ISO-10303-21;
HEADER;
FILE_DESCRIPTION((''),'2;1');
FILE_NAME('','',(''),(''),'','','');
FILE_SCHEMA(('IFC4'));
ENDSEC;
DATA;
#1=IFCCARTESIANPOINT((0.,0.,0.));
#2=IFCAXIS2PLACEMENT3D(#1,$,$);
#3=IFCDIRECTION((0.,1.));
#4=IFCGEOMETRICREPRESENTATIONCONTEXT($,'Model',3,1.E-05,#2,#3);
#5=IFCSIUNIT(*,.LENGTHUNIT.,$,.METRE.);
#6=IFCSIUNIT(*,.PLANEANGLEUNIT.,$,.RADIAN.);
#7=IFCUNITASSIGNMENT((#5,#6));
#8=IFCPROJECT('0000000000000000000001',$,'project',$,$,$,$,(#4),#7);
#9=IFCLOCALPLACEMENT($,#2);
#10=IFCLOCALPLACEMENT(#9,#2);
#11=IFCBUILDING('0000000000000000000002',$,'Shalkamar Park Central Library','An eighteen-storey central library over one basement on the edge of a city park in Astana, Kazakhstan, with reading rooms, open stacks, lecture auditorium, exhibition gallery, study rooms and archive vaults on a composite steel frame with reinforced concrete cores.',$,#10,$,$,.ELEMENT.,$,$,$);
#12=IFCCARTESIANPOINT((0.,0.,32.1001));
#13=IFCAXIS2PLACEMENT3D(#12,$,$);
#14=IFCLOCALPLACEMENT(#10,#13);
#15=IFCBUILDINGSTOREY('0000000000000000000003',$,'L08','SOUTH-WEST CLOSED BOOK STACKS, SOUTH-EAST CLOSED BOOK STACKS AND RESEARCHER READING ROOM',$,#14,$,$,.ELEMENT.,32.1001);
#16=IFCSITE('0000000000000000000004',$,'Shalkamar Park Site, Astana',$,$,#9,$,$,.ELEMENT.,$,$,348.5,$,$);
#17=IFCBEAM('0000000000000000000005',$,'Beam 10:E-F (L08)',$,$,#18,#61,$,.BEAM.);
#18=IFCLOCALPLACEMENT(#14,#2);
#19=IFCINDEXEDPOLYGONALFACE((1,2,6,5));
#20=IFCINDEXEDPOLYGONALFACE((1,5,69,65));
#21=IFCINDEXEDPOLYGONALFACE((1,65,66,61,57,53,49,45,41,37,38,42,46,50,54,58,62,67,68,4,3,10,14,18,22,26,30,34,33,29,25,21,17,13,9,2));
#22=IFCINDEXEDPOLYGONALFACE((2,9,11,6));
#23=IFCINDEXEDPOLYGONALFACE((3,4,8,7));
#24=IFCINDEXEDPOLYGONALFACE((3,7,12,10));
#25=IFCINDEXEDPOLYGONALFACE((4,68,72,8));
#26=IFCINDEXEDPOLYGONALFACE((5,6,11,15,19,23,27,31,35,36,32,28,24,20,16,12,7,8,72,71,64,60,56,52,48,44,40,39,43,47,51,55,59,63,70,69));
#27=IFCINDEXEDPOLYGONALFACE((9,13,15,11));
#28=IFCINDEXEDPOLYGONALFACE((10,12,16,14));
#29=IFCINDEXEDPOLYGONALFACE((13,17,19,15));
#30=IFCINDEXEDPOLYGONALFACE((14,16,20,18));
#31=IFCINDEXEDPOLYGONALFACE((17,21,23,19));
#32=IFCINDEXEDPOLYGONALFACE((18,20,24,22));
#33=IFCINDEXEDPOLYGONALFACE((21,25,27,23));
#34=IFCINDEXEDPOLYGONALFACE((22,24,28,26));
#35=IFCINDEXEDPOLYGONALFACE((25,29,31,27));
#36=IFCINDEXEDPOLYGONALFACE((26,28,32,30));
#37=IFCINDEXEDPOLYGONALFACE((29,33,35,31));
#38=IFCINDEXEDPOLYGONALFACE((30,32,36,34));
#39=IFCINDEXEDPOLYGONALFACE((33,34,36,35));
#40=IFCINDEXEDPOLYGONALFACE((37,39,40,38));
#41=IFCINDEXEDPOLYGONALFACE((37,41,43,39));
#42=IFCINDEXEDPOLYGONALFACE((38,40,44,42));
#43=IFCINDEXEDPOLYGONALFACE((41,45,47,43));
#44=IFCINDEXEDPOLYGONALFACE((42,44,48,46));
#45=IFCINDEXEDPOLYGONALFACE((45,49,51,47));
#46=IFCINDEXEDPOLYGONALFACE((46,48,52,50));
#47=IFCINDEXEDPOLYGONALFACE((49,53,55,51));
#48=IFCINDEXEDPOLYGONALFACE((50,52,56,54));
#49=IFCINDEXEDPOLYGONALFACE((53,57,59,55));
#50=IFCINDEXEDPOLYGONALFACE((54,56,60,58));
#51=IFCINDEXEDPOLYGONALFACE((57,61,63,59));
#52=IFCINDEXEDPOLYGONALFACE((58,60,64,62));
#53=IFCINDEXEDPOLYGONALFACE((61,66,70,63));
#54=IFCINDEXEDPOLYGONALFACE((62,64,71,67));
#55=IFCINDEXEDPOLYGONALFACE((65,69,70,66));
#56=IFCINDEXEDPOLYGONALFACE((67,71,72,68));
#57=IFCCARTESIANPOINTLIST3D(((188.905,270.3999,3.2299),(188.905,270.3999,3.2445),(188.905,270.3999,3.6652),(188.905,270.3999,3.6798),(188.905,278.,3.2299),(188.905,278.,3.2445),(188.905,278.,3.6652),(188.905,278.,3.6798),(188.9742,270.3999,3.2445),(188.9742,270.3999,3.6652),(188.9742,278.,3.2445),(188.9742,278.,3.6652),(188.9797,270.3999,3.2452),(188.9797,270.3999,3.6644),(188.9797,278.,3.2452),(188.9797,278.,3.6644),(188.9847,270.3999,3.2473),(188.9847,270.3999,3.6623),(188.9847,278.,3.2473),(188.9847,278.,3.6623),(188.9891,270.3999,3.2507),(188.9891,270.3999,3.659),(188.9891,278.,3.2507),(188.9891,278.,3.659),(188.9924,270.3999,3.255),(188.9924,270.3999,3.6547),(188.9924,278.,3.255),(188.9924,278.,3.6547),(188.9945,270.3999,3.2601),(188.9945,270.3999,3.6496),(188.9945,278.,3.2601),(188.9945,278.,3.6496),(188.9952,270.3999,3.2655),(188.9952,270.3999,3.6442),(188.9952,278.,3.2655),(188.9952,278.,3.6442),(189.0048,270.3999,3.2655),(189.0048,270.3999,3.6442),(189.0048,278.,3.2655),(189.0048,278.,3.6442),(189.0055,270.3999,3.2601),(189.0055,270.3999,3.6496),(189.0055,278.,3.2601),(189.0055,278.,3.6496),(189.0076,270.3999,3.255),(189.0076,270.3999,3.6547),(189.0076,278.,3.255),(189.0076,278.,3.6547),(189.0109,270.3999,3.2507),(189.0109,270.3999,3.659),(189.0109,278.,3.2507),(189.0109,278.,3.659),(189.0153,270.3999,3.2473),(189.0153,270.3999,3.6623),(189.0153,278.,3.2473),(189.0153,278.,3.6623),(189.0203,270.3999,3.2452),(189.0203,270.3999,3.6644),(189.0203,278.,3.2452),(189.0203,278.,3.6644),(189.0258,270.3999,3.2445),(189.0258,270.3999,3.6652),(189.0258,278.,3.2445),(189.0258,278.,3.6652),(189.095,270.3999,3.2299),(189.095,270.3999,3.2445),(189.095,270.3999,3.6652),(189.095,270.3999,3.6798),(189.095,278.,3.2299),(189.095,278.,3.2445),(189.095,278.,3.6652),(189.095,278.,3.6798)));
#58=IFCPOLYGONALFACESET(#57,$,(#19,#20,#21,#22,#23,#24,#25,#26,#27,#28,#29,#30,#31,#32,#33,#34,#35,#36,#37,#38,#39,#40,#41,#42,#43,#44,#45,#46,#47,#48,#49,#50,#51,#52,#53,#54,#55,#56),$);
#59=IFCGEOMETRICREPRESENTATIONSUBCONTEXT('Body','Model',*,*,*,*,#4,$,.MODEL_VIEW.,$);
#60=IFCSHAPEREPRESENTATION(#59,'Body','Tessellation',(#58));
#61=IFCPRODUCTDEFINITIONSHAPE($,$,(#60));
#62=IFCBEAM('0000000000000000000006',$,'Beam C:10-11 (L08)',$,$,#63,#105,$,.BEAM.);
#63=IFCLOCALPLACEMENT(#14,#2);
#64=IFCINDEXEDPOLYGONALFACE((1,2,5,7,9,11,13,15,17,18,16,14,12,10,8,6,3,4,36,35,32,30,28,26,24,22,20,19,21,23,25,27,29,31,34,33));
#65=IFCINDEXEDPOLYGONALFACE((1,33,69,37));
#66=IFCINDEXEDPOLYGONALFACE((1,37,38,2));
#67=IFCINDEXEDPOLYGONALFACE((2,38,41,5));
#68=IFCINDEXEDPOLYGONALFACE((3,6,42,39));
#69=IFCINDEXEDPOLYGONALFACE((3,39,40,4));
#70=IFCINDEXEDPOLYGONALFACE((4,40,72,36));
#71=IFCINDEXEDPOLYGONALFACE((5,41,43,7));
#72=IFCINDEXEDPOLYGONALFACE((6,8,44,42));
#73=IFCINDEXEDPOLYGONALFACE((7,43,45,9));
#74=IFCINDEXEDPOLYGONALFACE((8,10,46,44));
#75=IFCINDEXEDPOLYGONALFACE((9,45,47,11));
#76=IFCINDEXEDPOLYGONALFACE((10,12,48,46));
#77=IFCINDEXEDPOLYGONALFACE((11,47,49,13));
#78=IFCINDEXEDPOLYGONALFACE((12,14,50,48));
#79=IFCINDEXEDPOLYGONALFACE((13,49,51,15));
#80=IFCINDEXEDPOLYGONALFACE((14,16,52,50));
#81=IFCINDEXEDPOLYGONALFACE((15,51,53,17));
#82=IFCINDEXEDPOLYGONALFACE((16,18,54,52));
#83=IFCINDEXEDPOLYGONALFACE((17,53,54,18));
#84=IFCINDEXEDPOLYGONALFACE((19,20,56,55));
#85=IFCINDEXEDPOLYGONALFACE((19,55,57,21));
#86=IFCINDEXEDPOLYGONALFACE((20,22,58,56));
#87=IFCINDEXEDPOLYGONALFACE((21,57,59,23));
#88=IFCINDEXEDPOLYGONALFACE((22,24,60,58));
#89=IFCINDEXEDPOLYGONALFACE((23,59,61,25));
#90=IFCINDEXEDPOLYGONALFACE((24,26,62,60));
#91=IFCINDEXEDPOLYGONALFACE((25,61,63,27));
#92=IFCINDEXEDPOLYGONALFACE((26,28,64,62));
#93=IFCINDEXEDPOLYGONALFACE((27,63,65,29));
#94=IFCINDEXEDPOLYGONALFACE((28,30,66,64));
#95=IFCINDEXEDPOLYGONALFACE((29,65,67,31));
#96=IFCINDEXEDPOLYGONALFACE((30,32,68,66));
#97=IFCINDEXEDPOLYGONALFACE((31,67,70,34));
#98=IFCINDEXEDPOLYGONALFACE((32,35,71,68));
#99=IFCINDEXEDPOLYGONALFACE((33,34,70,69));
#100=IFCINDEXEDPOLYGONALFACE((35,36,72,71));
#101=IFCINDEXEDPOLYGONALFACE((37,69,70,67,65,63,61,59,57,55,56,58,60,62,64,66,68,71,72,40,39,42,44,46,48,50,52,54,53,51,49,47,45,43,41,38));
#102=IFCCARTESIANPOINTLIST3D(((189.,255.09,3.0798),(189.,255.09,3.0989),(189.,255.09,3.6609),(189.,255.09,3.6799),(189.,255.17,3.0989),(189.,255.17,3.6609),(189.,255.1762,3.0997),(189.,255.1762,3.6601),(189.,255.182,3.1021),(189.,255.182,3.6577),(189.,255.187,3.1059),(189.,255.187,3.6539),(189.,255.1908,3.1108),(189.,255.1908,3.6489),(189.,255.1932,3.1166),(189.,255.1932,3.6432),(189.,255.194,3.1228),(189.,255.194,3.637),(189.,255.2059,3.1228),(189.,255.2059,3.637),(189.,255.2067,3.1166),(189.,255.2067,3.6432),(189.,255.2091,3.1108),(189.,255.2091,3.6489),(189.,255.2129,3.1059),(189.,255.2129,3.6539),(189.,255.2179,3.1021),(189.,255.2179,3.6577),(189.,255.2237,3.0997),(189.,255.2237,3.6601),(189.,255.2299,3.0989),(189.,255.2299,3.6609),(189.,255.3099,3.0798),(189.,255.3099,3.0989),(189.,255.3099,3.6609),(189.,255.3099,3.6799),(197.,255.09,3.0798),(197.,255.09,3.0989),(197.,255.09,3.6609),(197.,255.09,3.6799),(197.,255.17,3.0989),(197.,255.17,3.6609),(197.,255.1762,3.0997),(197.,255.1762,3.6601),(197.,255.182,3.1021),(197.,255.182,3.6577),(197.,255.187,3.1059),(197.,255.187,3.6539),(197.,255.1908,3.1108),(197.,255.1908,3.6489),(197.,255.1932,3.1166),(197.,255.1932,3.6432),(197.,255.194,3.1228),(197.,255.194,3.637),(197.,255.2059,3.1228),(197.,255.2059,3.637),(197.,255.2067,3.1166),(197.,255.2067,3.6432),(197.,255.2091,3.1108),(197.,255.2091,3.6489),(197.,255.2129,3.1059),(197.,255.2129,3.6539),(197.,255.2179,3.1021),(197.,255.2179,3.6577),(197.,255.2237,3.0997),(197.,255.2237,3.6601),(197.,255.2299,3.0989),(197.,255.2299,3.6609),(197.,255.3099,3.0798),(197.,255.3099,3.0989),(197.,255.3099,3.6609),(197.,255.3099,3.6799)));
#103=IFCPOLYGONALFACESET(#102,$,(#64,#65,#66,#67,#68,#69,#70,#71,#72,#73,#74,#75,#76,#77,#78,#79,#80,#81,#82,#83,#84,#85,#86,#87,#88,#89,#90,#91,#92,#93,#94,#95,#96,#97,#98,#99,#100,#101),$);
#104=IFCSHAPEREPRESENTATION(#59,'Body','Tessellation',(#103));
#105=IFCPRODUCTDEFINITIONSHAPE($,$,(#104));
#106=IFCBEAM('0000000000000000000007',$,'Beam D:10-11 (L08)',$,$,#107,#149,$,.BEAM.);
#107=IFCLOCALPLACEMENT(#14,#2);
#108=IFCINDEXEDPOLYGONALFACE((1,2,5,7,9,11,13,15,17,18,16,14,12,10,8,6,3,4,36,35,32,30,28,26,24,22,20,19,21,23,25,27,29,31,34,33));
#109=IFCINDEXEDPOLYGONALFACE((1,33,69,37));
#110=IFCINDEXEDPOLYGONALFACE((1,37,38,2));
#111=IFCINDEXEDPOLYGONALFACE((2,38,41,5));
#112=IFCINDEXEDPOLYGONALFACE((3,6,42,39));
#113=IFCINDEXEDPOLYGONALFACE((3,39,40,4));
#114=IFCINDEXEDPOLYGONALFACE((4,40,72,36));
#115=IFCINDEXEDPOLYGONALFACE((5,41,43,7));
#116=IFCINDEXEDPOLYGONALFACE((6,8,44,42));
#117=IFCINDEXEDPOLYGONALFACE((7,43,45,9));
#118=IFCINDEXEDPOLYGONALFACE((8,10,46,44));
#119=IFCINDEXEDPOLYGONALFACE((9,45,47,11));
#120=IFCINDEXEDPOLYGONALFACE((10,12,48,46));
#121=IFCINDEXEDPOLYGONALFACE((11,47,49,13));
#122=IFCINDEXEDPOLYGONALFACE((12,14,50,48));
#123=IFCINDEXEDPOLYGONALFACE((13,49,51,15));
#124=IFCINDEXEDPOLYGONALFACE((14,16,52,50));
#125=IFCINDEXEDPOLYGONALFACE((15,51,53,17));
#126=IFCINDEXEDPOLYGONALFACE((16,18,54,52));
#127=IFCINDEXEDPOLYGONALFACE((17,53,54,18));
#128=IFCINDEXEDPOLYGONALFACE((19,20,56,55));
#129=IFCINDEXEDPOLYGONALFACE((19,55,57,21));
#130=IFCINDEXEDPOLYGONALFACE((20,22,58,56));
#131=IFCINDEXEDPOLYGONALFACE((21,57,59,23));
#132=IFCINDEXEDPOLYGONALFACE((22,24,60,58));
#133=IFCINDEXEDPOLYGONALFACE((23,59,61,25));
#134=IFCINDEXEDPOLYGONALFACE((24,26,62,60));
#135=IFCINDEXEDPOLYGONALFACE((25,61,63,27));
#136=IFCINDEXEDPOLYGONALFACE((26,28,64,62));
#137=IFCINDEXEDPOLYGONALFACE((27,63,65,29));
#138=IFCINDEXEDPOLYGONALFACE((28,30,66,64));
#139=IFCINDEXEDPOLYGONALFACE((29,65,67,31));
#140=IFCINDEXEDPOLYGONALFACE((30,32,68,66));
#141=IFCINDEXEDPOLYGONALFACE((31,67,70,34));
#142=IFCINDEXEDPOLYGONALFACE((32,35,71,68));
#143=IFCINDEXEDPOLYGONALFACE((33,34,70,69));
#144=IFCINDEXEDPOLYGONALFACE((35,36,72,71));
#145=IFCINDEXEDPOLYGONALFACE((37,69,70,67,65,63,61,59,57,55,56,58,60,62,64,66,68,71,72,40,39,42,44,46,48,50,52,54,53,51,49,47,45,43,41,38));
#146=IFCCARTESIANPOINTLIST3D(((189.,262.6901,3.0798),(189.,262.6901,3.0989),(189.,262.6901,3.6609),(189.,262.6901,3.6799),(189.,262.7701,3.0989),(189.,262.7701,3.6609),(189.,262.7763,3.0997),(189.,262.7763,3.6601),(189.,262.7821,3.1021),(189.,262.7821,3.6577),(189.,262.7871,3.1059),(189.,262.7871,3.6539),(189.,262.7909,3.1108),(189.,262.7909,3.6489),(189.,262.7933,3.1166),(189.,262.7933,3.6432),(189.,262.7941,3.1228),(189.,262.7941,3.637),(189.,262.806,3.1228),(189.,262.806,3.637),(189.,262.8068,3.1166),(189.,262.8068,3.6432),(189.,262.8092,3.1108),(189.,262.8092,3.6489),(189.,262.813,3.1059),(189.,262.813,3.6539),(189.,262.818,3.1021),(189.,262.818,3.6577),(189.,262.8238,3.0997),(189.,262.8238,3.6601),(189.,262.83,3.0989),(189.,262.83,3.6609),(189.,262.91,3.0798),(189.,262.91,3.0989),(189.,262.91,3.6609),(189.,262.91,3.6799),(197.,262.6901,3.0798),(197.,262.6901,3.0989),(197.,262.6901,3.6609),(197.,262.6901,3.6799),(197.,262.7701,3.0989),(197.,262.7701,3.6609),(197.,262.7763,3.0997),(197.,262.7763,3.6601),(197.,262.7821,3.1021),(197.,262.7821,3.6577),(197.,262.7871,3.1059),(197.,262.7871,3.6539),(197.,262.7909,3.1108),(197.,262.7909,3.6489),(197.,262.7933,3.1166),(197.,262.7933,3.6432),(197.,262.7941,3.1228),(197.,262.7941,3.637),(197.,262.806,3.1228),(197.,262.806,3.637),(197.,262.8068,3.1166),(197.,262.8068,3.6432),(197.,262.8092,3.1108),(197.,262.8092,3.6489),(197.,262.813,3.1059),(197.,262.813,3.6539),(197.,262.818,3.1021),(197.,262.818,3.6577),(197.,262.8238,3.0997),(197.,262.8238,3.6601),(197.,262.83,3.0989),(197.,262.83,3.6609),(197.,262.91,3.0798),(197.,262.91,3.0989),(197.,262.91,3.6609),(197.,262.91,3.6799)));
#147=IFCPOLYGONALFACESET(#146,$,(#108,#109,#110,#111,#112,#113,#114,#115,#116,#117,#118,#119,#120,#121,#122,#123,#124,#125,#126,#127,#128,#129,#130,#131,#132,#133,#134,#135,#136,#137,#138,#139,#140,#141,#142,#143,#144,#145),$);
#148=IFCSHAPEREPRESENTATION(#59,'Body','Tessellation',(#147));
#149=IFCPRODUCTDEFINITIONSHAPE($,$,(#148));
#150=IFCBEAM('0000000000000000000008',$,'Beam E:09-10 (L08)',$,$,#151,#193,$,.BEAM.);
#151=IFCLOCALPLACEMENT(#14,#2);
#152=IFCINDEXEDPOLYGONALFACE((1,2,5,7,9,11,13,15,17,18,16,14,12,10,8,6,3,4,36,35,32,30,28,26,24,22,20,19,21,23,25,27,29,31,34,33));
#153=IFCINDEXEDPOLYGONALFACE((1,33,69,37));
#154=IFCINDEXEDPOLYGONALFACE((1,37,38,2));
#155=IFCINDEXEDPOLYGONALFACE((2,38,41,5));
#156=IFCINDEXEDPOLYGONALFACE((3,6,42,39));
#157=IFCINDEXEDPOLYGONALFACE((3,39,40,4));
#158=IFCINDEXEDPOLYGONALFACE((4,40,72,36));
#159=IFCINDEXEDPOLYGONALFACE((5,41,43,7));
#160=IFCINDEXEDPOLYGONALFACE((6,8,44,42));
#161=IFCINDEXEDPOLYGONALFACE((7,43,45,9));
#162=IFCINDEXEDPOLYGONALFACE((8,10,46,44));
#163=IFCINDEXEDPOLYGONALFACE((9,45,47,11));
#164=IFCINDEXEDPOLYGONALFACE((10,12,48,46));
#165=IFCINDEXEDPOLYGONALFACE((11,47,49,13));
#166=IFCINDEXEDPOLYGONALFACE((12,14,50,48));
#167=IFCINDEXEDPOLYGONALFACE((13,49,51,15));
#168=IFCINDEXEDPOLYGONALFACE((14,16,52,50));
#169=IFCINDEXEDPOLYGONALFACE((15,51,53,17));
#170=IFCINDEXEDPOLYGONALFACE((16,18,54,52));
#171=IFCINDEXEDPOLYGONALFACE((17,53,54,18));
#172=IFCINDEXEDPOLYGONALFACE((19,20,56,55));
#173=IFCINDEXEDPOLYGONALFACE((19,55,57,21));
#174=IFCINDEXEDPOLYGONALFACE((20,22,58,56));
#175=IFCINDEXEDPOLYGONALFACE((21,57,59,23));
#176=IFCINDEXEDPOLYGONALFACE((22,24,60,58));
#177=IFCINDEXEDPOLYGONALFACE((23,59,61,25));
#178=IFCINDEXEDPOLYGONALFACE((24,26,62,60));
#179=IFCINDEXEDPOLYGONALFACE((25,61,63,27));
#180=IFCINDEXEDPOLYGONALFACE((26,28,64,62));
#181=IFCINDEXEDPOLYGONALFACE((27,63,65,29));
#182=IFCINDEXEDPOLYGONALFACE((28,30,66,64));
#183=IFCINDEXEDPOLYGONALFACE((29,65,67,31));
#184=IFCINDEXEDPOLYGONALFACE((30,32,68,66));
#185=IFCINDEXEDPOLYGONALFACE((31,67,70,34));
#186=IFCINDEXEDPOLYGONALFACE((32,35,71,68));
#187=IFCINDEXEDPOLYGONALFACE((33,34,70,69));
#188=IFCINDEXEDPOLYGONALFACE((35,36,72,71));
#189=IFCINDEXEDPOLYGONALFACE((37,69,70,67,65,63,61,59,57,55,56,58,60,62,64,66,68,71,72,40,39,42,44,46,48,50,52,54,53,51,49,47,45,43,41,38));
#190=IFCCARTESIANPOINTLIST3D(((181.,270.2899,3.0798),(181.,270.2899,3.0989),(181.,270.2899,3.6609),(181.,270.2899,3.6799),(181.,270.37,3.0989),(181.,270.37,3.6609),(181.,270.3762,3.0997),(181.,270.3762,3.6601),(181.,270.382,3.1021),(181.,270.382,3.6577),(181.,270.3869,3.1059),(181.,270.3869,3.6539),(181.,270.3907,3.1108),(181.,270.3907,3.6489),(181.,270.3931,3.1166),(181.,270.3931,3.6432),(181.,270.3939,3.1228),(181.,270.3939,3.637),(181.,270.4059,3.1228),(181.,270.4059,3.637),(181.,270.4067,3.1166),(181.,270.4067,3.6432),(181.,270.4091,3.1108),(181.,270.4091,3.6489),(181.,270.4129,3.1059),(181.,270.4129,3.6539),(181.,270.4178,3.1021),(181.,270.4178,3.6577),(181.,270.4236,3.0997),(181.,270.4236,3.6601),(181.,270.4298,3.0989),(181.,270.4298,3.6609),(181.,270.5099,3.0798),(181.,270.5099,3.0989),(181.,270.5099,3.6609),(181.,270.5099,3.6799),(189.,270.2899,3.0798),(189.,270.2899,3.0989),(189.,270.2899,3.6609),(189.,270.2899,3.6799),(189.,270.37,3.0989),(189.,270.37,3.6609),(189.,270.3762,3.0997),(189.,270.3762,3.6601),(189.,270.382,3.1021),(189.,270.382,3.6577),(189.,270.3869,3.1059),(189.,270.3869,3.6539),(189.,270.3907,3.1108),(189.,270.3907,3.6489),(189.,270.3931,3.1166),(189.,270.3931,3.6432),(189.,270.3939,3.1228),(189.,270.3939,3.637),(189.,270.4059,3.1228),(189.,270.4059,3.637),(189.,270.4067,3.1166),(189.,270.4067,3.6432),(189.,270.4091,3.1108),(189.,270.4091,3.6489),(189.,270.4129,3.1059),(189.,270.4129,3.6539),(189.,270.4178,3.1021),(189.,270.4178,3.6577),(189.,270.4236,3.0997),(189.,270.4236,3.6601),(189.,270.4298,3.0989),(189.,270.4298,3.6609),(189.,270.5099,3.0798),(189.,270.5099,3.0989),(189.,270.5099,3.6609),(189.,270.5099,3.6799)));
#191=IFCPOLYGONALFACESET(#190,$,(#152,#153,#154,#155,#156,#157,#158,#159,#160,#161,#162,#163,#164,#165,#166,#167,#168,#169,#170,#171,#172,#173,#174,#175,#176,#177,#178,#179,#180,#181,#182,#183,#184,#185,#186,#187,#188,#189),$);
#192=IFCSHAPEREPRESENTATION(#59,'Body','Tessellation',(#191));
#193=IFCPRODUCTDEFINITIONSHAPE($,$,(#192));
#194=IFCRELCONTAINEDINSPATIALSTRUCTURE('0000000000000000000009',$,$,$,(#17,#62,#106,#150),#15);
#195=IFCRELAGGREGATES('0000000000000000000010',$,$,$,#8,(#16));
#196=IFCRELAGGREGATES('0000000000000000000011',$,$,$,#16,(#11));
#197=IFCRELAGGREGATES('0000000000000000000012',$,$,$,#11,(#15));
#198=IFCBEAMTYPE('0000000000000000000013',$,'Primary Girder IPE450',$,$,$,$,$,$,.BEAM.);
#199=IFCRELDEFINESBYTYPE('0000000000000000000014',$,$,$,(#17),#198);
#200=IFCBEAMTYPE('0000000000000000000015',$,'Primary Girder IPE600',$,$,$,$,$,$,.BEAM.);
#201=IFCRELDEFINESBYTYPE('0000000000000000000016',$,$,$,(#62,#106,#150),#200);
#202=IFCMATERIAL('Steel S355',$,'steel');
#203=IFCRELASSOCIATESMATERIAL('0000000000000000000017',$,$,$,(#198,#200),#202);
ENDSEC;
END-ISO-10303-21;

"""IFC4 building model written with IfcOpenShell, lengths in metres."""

from ifc_helpers import new_model, si_unit, direction, frame, origin, origin_2d, place, context, subcontext, project, spatial, i_section, extrude, material, material_profile, profile_set, type_object, element, save


model = new_model("IFC4")

# Units and contexts
model_context = context("Model", 3, precision=1e-05, world=origin(), true_north=direction((0.0, 1.0)))
body_context = subcontext(model_context, "Body", "Model", "MODEL_VIEW")
ifc_project = project(units=[si_unit("LENGTHUNIT", "METRE"), si_unit("PLANEANGLEUNIT", "RADIAN")], contexts=[model_context])

# Site, building, storey
site_placement = place(None, origin())
site = spatial("IfcSite", under=ifc_project, at=site_placement, Name="Shalkamar Park Site, Astana", CompositionType="ELEMENT", RefElevation=348.5)
building_placement = place(site_placement, origin())
building = spatial("IfcBuilding", under=site, at=building_placement, Name="Shalkamar Park Central Library", Description="An eighteen-storey central library over one basement on the edge of a city park in Astana, Kazakhstan, with reading rooms, open stacks, lecture auditorium, exhibition gallery, study rooms and archive vaults on a composite steel frame with reinforced concrete cores.", CompositionType="ELEMENT")
storey_placement = place(building_placement, frame((0.0, 0.0, 32.1001)))
storey = spatial("IfcBuildingStorey", under=building, at=storey_placement, Name="L08", Description="SOUTH-WEST CLOSED BOOK STACKS, SOUTH-EAST CLOSED BOOK STACKS AND RESEARCHER READING ROOM", CompositionType="ELEMENT", Elevation=32.1001)

# Shared definitions
ifc_material_1 = material(Name="Steel S355", Category="steel")

# Beams
ifc_material_profile_1 = material_profile(ifc_material_1, i_section(OverallWidth=0.1899, OverallDepth=0.45, WebThickness=0.0095, FlangeThickness=0.0146, FilletRadius=0.021, at=origin_2d()), Name="IPE 450")
ifc_profile_set_1 = profile_set([ifc_material_profile_1], Name="Steel S355")
beam_type_1 = type_object("IfcBeamType", Name="Primary Girder IPE450", PredefinedType="BEAM", material=ifc_profile_set_1)
beam_1_placement = place(storey_placement, frame((189.0, 270.3999, 3.4548), z_axis=(0.0, 1.0, 0.0), x_axis=(-1.0, 0.0, 0.0)))
element("IfcBeam", 1, at=beam_1_placement, inside=storey, type_object=beam_type_1, Name="Beam 10:E-F (L08)", PredefinedType="BEAM", context=body_context, shape_type="SweptSolid", body=[
    extrude(i_section(OverallWidth=0.1899, OverallDepth=0.45, WebThickness=0.0095, FlangeThickness=0.0146, FilletRadius=0.021, at=origin_2d()), origin(), (0.0, 0.0, 1.0), 7.6001),
])
ifc_material_profile_2 = material_profile(ifc_material_1, i_section(OverallWidth=0.22, OverallDepth=0.6001, WebThickness=0.012, FlangeThickness=0.019, FilletRadius=0.0239, at=origin_2d()), Name="IPE 600")
ifc_profile_set_2 = profile_set([ifc_material_profile_2], Name="Steel S355")
beam_type_2 = type_object("IfcBeamType", Name="Primary Girder IPE600", PredefinedType="BEAM", material=ifc_profile_set_2)
for number, where, z_axis, x_axis, name in (
    (2, (189.0, 255.2, 3.3799), (1.0, 0.0, 0.0), (0.0, 1.0, 0.0), "Beam C:10-11 (L08)"),
    (3, (189.0, 262.8, 3.3799), (1.0, 0.0, 0.0), (0.0, 1.0, 0.0), "Beam D:10-11 (L08)"),
    (4, (181.0, 270.3999, 3.3799), (1.0, 0.0, 0.0), (0.0, 1.0, 0.0), "Beam E:09-10 (L08)"),
):
    element("IfcBeam", number, at=place(storey_placement, frame(where, z_axis=z_axis, x_axis=x_axis)), inside=storey, type_object=beam_type_2, Name=name, PredefinedType="BEAM", context=body_context, shape_type="SweptSolid", body=[
        extrude(i_section(OverallWidth=0.22, OverallDepth=0.6001, WebThickness=0.012, FlangeThickness=0.019, FilletRadius=0.0239, at=origin_2d()), origin(), (0.0, 0.0, 1.0), 8.0),
    ])

save(model, "model.ifc")
